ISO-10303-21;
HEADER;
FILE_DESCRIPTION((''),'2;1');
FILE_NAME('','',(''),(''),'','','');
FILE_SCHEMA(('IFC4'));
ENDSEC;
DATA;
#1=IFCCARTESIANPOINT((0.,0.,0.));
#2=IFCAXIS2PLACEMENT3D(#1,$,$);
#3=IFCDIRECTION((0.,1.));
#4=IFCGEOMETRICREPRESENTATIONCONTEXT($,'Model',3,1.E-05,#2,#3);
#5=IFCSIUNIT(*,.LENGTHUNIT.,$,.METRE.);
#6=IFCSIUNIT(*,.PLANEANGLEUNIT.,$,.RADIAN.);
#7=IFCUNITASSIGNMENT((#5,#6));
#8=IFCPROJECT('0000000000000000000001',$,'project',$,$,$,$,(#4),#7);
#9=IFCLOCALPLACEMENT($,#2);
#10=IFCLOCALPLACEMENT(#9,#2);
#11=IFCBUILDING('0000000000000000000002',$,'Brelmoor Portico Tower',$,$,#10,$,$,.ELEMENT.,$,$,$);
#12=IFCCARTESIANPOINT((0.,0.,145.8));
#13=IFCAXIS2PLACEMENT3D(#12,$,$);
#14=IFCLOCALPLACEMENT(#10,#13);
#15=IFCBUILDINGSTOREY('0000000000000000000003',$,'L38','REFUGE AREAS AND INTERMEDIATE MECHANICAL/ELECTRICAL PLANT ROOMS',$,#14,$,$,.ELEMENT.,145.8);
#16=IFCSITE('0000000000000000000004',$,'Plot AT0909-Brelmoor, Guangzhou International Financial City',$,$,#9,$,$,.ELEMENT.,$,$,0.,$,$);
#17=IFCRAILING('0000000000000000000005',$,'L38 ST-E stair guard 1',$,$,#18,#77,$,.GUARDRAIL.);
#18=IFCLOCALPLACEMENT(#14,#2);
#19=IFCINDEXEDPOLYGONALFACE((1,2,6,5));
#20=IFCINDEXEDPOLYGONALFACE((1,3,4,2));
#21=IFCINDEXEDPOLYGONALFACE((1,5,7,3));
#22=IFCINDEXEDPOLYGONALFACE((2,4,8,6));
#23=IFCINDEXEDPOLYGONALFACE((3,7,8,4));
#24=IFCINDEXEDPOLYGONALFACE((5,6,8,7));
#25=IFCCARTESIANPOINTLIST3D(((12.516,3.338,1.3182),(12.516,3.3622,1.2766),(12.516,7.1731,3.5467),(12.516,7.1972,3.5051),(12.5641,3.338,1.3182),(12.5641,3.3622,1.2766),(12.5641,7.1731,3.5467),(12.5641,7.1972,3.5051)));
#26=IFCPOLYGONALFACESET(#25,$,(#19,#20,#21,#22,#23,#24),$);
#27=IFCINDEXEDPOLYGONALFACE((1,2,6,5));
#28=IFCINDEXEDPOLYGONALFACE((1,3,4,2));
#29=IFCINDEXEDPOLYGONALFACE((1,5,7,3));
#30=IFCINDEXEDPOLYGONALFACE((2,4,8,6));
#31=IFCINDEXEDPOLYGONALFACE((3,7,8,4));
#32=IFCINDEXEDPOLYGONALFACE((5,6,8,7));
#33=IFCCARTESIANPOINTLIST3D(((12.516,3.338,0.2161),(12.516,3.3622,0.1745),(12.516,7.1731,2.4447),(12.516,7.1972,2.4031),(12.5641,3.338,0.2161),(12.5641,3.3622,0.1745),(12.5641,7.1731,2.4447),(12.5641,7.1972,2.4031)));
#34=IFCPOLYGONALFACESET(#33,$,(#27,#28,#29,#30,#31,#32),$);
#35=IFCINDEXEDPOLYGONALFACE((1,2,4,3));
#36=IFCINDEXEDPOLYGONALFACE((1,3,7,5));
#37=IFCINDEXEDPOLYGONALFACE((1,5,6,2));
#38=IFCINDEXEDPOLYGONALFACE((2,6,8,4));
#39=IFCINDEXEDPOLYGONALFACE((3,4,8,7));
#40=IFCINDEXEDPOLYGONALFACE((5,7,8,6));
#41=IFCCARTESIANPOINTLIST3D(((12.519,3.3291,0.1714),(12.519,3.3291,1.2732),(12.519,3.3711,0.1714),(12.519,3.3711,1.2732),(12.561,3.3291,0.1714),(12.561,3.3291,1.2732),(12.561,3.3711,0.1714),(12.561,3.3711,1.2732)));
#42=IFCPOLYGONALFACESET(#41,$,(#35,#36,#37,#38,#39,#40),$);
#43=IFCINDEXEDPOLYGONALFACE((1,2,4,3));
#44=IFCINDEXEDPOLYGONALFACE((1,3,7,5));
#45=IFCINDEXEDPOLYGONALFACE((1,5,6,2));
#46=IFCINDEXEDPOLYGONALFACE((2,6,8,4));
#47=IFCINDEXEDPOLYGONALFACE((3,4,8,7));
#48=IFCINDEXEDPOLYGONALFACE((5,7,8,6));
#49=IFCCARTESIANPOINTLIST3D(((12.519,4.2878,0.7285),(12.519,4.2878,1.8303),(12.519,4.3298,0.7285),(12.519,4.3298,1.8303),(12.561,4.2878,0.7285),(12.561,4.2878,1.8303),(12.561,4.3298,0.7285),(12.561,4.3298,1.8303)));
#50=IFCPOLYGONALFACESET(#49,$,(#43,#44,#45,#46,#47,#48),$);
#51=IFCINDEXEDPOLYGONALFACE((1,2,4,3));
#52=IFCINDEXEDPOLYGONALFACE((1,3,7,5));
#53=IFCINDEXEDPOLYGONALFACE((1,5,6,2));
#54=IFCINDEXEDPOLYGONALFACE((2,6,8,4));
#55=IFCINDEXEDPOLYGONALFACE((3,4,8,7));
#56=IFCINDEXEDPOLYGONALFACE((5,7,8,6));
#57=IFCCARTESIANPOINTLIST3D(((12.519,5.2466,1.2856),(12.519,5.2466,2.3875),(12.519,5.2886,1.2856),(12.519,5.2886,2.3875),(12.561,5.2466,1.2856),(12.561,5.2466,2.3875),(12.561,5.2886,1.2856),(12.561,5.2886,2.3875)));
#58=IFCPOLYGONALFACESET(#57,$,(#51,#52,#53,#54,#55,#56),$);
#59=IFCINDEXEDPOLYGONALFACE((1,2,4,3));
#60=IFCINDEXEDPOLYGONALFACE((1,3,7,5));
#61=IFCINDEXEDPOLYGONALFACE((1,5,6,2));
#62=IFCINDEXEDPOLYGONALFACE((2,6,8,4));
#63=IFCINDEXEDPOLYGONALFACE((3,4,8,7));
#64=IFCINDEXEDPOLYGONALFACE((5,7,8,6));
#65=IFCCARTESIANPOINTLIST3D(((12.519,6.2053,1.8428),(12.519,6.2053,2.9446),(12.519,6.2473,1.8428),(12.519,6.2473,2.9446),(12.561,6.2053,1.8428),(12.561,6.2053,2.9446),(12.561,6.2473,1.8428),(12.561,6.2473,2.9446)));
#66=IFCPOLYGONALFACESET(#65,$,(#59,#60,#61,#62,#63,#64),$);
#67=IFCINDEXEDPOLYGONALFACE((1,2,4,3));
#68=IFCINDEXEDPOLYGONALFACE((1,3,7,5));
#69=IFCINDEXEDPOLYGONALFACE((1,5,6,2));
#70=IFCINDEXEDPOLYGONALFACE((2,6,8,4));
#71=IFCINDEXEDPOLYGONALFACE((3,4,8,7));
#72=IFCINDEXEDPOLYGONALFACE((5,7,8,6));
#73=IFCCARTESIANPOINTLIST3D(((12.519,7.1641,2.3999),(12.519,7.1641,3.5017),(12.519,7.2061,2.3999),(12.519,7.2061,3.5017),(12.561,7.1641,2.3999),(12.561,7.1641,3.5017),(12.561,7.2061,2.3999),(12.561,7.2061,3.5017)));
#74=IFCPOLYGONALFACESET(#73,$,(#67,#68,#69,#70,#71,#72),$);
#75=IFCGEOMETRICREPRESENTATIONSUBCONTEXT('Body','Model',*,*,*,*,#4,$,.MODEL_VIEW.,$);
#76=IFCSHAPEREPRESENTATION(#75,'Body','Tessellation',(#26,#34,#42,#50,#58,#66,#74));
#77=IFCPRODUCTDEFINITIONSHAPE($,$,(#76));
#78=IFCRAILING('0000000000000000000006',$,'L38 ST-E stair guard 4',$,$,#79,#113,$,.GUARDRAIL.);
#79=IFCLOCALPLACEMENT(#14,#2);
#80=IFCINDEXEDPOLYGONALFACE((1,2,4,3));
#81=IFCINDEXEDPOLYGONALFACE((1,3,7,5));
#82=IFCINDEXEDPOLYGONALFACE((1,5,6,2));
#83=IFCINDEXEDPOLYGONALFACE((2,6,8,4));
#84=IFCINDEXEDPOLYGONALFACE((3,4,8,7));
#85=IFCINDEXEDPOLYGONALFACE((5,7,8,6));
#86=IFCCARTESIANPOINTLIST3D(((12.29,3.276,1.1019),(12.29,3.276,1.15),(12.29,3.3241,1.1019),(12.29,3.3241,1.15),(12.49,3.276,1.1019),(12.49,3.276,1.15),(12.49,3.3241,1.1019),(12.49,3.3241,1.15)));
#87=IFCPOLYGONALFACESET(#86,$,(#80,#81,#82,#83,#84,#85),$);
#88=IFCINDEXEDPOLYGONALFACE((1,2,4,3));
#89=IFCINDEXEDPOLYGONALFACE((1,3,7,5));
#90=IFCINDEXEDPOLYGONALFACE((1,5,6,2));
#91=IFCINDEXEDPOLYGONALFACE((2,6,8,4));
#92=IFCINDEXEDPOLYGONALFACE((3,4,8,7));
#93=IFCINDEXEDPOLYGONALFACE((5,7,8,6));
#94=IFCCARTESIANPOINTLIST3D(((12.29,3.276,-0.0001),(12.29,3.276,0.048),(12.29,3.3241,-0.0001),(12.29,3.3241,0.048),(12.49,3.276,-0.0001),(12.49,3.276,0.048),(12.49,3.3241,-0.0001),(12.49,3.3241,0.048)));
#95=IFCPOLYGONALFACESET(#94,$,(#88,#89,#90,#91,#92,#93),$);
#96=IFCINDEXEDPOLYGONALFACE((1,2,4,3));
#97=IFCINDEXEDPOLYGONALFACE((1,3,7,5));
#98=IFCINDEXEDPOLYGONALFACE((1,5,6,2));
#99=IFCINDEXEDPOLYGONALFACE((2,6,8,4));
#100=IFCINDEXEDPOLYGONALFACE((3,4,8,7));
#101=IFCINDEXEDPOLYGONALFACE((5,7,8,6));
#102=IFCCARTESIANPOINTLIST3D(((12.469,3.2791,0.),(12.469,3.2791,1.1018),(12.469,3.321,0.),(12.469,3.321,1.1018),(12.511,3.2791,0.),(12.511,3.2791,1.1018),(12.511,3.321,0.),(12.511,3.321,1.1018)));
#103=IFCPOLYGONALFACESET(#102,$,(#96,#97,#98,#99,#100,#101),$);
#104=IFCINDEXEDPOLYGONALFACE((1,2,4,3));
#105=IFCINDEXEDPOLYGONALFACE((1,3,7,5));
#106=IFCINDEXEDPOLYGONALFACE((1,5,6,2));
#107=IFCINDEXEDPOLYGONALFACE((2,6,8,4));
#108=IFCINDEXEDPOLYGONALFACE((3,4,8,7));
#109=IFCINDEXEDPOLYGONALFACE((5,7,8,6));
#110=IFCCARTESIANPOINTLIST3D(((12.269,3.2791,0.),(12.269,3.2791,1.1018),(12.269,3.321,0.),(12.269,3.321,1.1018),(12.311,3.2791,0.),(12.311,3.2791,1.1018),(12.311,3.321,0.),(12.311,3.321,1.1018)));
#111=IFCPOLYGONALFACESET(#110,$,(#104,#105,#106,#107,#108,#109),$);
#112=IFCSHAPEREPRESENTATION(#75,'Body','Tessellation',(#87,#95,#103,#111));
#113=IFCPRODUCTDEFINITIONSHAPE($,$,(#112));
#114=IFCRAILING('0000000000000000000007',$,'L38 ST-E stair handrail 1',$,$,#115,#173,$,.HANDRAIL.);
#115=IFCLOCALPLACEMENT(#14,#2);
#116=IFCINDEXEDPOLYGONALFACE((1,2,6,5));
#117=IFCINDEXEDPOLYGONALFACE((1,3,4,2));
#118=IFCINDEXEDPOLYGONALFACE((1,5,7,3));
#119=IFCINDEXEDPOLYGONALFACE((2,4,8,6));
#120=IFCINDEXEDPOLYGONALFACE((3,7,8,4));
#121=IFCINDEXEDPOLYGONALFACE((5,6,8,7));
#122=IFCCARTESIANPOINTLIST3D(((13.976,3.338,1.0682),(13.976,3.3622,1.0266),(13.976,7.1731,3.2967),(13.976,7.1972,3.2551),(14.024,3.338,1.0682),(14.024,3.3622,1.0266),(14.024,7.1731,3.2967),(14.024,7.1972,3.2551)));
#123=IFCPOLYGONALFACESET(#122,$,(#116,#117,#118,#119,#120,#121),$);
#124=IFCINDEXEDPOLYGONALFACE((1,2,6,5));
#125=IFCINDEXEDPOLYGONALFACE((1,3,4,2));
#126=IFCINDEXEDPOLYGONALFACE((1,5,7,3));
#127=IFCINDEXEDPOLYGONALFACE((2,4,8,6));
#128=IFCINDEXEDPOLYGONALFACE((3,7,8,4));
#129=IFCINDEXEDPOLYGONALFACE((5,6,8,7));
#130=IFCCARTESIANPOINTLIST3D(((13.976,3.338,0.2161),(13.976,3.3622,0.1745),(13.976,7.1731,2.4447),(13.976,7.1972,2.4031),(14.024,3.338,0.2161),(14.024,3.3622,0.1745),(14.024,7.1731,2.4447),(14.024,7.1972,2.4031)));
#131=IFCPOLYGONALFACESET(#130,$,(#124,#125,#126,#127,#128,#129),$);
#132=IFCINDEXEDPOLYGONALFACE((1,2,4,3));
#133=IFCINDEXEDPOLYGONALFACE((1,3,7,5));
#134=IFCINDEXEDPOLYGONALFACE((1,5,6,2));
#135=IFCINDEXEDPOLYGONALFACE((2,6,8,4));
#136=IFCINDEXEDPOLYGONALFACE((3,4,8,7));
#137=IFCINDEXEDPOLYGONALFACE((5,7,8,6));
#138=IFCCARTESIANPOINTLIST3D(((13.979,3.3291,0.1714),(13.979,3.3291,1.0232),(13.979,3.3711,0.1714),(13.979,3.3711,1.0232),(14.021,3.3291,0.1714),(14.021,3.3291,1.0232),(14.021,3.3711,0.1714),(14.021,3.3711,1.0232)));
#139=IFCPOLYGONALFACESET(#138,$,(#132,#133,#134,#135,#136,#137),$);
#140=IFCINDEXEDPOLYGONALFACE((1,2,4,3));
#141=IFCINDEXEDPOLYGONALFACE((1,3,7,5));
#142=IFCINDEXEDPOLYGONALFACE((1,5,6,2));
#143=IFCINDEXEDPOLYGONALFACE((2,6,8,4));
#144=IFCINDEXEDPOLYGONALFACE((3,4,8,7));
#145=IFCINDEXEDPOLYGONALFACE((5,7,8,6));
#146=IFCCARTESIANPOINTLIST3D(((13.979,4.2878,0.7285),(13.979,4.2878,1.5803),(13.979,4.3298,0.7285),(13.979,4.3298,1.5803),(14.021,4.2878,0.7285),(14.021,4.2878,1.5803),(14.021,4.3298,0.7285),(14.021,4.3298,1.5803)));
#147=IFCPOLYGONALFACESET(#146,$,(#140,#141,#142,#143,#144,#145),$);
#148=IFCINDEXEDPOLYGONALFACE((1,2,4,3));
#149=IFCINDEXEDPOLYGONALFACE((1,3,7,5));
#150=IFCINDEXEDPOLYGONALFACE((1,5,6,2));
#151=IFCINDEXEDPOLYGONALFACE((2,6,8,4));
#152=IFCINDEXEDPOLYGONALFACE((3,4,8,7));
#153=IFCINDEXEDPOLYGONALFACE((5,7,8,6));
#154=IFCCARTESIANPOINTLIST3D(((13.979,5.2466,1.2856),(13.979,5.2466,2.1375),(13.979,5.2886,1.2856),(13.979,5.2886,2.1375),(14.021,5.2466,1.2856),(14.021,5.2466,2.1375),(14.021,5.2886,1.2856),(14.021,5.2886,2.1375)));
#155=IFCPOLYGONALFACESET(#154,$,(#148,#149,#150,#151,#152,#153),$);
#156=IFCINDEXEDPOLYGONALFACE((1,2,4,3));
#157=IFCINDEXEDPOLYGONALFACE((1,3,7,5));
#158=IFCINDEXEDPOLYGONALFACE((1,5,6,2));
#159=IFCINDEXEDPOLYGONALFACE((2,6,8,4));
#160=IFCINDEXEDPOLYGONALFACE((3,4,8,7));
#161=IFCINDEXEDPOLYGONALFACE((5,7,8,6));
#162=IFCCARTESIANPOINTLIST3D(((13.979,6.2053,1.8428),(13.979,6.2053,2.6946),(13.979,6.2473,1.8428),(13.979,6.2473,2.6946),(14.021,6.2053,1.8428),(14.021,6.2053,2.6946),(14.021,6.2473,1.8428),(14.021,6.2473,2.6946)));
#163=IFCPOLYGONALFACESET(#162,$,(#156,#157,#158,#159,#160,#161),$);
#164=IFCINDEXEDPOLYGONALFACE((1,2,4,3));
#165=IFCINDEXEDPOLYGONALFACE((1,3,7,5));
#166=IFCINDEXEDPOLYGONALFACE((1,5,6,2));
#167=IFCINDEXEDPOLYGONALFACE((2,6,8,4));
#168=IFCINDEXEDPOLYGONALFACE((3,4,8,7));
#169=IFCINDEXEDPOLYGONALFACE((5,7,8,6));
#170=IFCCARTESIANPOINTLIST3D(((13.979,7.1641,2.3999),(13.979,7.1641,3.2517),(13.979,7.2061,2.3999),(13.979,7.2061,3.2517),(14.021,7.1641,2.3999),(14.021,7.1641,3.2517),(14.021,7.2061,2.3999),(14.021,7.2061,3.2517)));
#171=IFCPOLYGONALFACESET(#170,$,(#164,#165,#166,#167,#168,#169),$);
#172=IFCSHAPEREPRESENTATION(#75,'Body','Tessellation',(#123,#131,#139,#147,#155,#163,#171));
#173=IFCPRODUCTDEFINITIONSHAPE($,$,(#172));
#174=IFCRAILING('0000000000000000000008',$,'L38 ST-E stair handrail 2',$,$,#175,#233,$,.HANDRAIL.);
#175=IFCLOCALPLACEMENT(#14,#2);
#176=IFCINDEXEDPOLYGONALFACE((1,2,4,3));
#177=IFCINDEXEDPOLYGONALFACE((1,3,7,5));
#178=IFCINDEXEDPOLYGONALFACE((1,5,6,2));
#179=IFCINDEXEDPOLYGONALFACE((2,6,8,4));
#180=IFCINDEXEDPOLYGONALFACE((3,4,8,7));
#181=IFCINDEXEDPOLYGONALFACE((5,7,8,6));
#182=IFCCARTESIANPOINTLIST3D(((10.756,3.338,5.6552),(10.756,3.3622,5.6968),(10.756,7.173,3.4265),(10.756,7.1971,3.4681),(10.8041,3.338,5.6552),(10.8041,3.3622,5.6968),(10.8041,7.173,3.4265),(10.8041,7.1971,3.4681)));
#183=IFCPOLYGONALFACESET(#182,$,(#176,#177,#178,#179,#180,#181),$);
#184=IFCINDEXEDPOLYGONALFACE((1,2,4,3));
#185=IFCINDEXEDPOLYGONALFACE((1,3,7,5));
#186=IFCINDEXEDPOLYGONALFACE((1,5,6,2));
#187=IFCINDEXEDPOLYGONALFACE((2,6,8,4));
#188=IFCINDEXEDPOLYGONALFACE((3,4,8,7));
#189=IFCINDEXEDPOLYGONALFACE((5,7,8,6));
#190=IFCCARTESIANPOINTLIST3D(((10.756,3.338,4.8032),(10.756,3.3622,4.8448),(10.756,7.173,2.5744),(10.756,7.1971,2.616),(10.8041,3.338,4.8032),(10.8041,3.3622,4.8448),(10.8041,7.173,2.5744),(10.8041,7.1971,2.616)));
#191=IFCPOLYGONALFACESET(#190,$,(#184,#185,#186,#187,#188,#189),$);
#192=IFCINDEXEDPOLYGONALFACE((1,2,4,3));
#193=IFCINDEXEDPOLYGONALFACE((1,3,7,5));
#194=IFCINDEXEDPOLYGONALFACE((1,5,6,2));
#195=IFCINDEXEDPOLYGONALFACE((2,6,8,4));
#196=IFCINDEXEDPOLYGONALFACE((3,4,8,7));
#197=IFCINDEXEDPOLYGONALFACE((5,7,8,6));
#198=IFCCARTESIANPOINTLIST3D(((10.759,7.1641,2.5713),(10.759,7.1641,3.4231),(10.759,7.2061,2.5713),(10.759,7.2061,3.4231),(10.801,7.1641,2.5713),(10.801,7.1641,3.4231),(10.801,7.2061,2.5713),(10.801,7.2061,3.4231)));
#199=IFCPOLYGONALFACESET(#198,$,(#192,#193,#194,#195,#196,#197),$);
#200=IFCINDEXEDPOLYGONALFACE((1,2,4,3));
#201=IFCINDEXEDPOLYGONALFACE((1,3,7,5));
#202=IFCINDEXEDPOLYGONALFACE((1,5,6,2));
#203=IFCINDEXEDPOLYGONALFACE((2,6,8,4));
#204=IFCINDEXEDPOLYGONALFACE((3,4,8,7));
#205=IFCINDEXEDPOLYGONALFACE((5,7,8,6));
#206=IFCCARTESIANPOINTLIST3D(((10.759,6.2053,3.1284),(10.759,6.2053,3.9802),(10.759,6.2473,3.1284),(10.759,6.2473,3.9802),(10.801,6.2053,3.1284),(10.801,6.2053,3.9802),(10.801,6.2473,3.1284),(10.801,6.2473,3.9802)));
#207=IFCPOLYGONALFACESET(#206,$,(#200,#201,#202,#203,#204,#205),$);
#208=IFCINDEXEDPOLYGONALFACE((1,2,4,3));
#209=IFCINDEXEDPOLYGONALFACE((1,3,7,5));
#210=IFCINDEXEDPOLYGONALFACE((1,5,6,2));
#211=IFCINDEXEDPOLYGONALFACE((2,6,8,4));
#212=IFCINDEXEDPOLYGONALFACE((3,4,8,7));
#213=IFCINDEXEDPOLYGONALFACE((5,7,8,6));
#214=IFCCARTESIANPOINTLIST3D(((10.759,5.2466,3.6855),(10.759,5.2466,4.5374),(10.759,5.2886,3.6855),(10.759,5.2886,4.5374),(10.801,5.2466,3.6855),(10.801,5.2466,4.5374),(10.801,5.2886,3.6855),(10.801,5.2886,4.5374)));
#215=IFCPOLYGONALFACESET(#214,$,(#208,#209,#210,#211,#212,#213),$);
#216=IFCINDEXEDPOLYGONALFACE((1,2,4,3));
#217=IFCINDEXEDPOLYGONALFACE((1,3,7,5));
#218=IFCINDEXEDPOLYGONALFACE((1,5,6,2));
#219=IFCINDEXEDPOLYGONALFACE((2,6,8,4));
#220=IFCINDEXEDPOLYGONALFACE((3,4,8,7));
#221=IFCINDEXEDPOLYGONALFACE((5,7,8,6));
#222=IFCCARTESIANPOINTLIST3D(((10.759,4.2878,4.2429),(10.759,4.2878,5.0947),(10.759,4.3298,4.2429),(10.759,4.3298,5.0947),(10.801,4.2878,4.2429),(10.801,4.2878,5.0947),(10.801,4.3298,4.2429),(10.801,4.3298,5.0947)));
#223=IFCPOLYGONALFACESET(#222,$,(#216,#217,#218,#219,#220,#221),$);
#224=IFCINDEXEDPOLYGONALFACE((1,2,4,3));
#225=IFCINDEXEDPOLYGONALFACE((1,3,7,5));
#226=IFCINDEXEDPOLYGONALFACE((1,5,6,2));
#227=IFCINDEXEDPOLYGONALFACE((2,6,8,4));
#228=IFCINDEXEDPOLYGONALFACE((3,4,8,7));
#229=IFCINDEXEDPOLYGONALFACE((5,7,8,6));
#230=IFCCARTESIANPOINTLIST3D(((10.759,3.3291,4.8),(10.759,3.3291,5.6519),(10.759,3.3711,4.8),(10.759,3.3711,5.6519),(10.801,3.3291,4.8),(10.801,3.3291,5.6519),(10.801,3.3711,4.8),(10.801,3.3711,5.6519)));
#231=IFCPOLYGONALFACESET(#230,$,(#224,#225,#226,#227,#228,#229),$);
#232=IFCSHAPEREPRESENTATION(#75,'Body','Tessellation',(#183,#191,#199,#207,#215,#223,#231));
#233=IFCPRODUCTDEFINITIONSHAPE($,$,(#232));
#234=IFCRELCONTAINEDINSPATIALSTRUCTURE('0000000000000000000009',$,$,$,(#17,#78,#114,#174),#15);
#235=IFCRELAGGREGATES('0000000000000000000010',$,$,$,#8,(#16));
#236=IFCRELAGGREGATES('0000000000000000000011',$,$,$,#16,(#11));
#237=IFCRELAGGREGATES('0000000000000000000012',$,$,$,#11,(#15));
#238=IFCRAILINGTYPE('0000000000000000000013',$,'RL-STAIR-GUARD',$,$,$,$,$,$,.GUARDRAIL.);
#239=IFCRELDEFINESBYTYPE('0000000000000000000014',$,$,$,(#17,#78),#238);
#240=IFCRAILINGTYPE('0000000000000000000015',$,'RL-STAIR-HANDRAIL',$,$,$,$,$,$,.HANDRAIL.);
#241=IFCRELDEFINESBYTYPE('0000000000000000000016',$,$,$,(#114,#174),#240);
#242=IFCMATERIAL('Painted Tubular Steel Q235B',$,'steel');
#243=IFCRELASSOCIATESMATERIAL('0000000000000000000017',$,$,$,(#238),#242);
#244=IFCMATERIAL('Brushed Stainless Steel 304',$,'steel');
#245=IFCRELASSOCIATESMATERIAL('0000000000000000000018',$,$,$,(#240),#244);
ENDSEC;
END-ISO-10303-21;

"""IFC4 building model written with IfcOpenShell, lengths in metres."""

from ifc_helpers import new_model, si_unit, direction, frame, origin, origin_2d, place, context, subcontext, project, spatial, rectangle, extrude, material, type_object, element, save


model = new_model("IFC4")

# Units and contexts
model_context = context("Model", 3, precision=1e-05, world=origin(), true_north=direction((0.0, 1.0)))
body_context = subcontext(model_context, "Body", "Model", "MODEL_VIEW")
ifc_project = project(units=[si_unit("LENGTHUNIT", "METRE"), si_unit("PLANEANGLEUNIT", "RADIAN")], contexts=[model_context])

# Site, building, storey
site_placement = place(None, origin())
site = spatial("IfcSite", under=ifc_project, at=site_placement, Name="Plot AT0909-Brelmoor, Guangzhou International Financial City", CompositionType="ELEMENT", RefElevation=0.0)
building_placement = place(site_placement, origin())
building = spatial("IfcBuilding", under=site, at=building_placement, Name="Brelmoor Portico Tower", CompositionType="ELEMENT")
storey_placement = place(building_placement, frame((0.0, 0.0, 145.8)))
storey = spatial("IfcBuildingStorey", under=building, at=storey_placement, Name="L38", Description="REFUGE AREAS AND INTERMEDIATE MECHANICAL/ELECTRICAL PLANT ROOMS", CompositionType="ELEMENT", Elevation=145.8)

# Railings
ifc_material_1 = material(Name="Painted Tubular Steel Q235B", Category="steel")
railing_type_1 = type_object("IfcRailingType", Name="RL-STAIR-GUARD", PredefinedType="GUARDRAIL", material=ifc_material_1)
railing_1_placement = place(storey_placement, frame((12.54, 3.3501, 0.1714)))
element("IfcRailing", 1, at=railing_1_placement, inside=storey, type_object=railing_type_1, Name="L38 ST-E stair guard 1", PredefinedType="GUARDRAIL", context=body_context, shape_type="SweptSolid", body=[
    extrude(rectangle(XDim=0.0481, YDim=0.0481, at=origin_2d()), frame((0.0, 0.0, 1.126), z_axis=(0.0, 0.864616, 0.502433), x_axis=(-1.0, 0.0, 0.0)), (0.0, 0.0, 1.0), 4.4355),
    extrude(rectangle(XDim=0.0481, YDim=0.0481, at=origin_2d()), frame((0.0, 0.0, 0.0239), z_axis=(0.0, 0.864616, 0.502433), x_axis=(-1.0, 0.0, 0.0)), (0.0, 0.0, 1.0), 4.4355),
    extrude(rectangle(XDim=0.042, YDim=0.042, at=origin_2d()), origin(), (0.0, 0.0, 1.0), 1.1018),
    extrude(rectangle(XDim=0.042, YDim=0.042, at=origin_2d()), frame((0.0, 0.9587, 0.5571)), (0.0, 0.0, 1.0), 1.1018),
    extrude(rectangle(XDim=0.042, YDim=0.042, at=origin_2d()), frame((0.0, 1.9175, 1.1143)), (0.0, 0.0, 1.0), 1.1018),
    extrude(rectangle(XDim=0.042, YDim=0.042, at=origin_2d()), frame((0.0, 2.8762, 1.6714)), (0.0, 0.0, 1.0), 1.1018),
    extrude(rectangle(XDim=0.042, YDim=0.042, at=origin_2d()), frame((0.0, 3.835, 2.2285)), (0.0, 0.0, 1.0), 1.1018),
])
railing_2_placement = place(storey_placement, frame((12.49, 3.3, 0.0)))
element("IfcRailing", 2, at=railing_2_placement, inside=storey, type_object=railing_type_1, Name="L38 ST-E stair guard 4", PredefinedType="GUARDRAIL", context=body_context, shape_type="SweptSolid", body=[
    extrude(rectangle(XDim=0.0481, YDim=0.0481, at=origin_2d()), frame((0.0, 0.0, 1.126), z_axis=(-1.0, 0.0, 0.0), x_axis=(0.0, -1.0, 0.0)), (0.0, 0.0, 1.0), 0.2),
    extrude(rectangle(XDim=0.0481, YDim=0.0481, at=origin_2d()), frame((0.0, 0.0, 0.0239), z_axis=(-1.0, 0.0, 0.0), x_axis=(0.0, -1.0, 0.0)), (0.0, 0.0, 1.0), 0.2),
    extrude(rectangle(XDim=0.042, YDim=0.042, at=origin_2d()), origin(), (0.0, 0.0, 1.0), 1.1018),
    extrude(rectangle(XDim=0.042, YDim=0.042, at=origin_2d()), frame((-0.2, 0.0, 0.0)), (0.0, 0.0, 1.0), 1.1018),
])
ifc_material_2 = material(Name="Brushed Stainless Steel 304", Category="steel")
railing_type_2 = type_object("IfcRailingType", Name="RL-STAIR-HANDRAIL", PredefinedType="HANDRAIL", material=ifc_material_2)
railing_3_placement = place(storey_placement, frame((14.0, 3.3501, 0.1714)))
element("IfcRailing", 3, at=railing_3_placement, inside=storey, type_object=railing_type_2, Name="L38 ST-E stair handrail 1", PredefinedType="HANDRAIL", context=body_context, shape_type="SweptSolid", body=[
    extrude(rectangle(XDim=0.0481, YDim=0.0481, at=origin_2d()), frame((0.0, 0.0, 0.876), z_axis=(0.0, 0.864616, 0.502433), x_axis=(-1.0, 0.0, 0.0)), (0.0, 0.0, 1.0), 4.4355),
    extrude(rectangle(XDim=0.0481, YDim=0.0481, at=origin_2d()), frame((0.0, 0.0, 0.0239), z_axis=(0.0, 0.864616, 0.502433), x_axis=(-1.0, 0.0, 0.0)), (0.0, 0.0, 1.0), 4.4355),
    extrude(rectangle(XDim=0.042, YDim=0.042, at=origin_2d()), origin(), (0.0, 0.0, 1.0), 0.8518),
    extrude(rectangle(XDim=0.042, YDim=0.042, at=origin_2d()), frame((0.0, 0.9587, 0.5571)), (0.0, 0.0, 1.0), 0.8518),
    extrude(rectangle(XDim=0.042, YDim=0.042, at=origin_2d()), frame((0.0, 1.9175, 1.1143)), (0.0, 0.0, 1.0), 0.8518),
    extrude(rectangle(XDim=0.042, YDim=0.042, at=origin_2d()), frame((0.0, 2.8762, 1.6714)), (0.0, 0.0, 1.0), 0.8518),
    extrude(rectangle(XDim=0.042, YDim=0.042, at=origin_2d()), frame((0.0, 3.835, 2.2285)), (0.0, 0.0, 1.0), 0.8518),
])
railing_4_placement = place(storey_placement, frame((10.78, 7.1851, 2.5713)))
element("IfcRailing", 4, at=railing_4_placement, inside=storey, type_object=railing_type_2, Name="L38 ST-E stair handrail 2", PredefinedType="HANDRAIL", context=body_context, shape_type="SweptSolid", body=[
    extrude(rectangle(XDim=0.0481, YDim=0.0481, at=origin_2d()), frame((0.0, 0.0, 0.876), z_axis=(0.0, -0.864592, 0.502474), x_axis=(1.0, 0.0, 0.0)), (0.0, 0.0, 1.0), 4.4355),
    extrude(rectangle(XDim=0.0481, YDim=0.0481, at=origin_2d()), frame((0.0, 0.0, 0.0239), z_axis=(0.0, -0.864592, 0.502474), x_axis=(1.0, 0.0, 0.0)), (0.0, 0.0, 1.0), 4.4355),
    extrude(rectangle(XDim=0.042, YDim=0.042, at=origin_2d()), origin(), (0.0, 0.0, 1.0), 0.8518),
    extrude(rectangle(XDim=0.042, YDim=0.042, at=origin_2d()), frame((0.0, -0.9587, 0.5571)), (0.0, 0.0, 1.0), 0.8518),
    extrude(rectangle(XDim=0.042, YDim=0.042, at=origin_2d()), frame((0.0, -1.9175, 1.1143)), (0.0, 0.0, 1.0), 0.8518),
    extrude(rectangle(XDim=0.042, YDim=0.042, at=origin_2d()), frame((0.0, -2.8762, 1.6716)), (0.0, 0.0, 1.0), 0.8518),
    extrude(rectangle(XDim=0.042, YDim=0.042, at=origin_2d()), frame((0.0, -3.835, 2.2288)), (0.0, 0.0, 1.0), 0.8518),
])

save(model, "model.ifc")
